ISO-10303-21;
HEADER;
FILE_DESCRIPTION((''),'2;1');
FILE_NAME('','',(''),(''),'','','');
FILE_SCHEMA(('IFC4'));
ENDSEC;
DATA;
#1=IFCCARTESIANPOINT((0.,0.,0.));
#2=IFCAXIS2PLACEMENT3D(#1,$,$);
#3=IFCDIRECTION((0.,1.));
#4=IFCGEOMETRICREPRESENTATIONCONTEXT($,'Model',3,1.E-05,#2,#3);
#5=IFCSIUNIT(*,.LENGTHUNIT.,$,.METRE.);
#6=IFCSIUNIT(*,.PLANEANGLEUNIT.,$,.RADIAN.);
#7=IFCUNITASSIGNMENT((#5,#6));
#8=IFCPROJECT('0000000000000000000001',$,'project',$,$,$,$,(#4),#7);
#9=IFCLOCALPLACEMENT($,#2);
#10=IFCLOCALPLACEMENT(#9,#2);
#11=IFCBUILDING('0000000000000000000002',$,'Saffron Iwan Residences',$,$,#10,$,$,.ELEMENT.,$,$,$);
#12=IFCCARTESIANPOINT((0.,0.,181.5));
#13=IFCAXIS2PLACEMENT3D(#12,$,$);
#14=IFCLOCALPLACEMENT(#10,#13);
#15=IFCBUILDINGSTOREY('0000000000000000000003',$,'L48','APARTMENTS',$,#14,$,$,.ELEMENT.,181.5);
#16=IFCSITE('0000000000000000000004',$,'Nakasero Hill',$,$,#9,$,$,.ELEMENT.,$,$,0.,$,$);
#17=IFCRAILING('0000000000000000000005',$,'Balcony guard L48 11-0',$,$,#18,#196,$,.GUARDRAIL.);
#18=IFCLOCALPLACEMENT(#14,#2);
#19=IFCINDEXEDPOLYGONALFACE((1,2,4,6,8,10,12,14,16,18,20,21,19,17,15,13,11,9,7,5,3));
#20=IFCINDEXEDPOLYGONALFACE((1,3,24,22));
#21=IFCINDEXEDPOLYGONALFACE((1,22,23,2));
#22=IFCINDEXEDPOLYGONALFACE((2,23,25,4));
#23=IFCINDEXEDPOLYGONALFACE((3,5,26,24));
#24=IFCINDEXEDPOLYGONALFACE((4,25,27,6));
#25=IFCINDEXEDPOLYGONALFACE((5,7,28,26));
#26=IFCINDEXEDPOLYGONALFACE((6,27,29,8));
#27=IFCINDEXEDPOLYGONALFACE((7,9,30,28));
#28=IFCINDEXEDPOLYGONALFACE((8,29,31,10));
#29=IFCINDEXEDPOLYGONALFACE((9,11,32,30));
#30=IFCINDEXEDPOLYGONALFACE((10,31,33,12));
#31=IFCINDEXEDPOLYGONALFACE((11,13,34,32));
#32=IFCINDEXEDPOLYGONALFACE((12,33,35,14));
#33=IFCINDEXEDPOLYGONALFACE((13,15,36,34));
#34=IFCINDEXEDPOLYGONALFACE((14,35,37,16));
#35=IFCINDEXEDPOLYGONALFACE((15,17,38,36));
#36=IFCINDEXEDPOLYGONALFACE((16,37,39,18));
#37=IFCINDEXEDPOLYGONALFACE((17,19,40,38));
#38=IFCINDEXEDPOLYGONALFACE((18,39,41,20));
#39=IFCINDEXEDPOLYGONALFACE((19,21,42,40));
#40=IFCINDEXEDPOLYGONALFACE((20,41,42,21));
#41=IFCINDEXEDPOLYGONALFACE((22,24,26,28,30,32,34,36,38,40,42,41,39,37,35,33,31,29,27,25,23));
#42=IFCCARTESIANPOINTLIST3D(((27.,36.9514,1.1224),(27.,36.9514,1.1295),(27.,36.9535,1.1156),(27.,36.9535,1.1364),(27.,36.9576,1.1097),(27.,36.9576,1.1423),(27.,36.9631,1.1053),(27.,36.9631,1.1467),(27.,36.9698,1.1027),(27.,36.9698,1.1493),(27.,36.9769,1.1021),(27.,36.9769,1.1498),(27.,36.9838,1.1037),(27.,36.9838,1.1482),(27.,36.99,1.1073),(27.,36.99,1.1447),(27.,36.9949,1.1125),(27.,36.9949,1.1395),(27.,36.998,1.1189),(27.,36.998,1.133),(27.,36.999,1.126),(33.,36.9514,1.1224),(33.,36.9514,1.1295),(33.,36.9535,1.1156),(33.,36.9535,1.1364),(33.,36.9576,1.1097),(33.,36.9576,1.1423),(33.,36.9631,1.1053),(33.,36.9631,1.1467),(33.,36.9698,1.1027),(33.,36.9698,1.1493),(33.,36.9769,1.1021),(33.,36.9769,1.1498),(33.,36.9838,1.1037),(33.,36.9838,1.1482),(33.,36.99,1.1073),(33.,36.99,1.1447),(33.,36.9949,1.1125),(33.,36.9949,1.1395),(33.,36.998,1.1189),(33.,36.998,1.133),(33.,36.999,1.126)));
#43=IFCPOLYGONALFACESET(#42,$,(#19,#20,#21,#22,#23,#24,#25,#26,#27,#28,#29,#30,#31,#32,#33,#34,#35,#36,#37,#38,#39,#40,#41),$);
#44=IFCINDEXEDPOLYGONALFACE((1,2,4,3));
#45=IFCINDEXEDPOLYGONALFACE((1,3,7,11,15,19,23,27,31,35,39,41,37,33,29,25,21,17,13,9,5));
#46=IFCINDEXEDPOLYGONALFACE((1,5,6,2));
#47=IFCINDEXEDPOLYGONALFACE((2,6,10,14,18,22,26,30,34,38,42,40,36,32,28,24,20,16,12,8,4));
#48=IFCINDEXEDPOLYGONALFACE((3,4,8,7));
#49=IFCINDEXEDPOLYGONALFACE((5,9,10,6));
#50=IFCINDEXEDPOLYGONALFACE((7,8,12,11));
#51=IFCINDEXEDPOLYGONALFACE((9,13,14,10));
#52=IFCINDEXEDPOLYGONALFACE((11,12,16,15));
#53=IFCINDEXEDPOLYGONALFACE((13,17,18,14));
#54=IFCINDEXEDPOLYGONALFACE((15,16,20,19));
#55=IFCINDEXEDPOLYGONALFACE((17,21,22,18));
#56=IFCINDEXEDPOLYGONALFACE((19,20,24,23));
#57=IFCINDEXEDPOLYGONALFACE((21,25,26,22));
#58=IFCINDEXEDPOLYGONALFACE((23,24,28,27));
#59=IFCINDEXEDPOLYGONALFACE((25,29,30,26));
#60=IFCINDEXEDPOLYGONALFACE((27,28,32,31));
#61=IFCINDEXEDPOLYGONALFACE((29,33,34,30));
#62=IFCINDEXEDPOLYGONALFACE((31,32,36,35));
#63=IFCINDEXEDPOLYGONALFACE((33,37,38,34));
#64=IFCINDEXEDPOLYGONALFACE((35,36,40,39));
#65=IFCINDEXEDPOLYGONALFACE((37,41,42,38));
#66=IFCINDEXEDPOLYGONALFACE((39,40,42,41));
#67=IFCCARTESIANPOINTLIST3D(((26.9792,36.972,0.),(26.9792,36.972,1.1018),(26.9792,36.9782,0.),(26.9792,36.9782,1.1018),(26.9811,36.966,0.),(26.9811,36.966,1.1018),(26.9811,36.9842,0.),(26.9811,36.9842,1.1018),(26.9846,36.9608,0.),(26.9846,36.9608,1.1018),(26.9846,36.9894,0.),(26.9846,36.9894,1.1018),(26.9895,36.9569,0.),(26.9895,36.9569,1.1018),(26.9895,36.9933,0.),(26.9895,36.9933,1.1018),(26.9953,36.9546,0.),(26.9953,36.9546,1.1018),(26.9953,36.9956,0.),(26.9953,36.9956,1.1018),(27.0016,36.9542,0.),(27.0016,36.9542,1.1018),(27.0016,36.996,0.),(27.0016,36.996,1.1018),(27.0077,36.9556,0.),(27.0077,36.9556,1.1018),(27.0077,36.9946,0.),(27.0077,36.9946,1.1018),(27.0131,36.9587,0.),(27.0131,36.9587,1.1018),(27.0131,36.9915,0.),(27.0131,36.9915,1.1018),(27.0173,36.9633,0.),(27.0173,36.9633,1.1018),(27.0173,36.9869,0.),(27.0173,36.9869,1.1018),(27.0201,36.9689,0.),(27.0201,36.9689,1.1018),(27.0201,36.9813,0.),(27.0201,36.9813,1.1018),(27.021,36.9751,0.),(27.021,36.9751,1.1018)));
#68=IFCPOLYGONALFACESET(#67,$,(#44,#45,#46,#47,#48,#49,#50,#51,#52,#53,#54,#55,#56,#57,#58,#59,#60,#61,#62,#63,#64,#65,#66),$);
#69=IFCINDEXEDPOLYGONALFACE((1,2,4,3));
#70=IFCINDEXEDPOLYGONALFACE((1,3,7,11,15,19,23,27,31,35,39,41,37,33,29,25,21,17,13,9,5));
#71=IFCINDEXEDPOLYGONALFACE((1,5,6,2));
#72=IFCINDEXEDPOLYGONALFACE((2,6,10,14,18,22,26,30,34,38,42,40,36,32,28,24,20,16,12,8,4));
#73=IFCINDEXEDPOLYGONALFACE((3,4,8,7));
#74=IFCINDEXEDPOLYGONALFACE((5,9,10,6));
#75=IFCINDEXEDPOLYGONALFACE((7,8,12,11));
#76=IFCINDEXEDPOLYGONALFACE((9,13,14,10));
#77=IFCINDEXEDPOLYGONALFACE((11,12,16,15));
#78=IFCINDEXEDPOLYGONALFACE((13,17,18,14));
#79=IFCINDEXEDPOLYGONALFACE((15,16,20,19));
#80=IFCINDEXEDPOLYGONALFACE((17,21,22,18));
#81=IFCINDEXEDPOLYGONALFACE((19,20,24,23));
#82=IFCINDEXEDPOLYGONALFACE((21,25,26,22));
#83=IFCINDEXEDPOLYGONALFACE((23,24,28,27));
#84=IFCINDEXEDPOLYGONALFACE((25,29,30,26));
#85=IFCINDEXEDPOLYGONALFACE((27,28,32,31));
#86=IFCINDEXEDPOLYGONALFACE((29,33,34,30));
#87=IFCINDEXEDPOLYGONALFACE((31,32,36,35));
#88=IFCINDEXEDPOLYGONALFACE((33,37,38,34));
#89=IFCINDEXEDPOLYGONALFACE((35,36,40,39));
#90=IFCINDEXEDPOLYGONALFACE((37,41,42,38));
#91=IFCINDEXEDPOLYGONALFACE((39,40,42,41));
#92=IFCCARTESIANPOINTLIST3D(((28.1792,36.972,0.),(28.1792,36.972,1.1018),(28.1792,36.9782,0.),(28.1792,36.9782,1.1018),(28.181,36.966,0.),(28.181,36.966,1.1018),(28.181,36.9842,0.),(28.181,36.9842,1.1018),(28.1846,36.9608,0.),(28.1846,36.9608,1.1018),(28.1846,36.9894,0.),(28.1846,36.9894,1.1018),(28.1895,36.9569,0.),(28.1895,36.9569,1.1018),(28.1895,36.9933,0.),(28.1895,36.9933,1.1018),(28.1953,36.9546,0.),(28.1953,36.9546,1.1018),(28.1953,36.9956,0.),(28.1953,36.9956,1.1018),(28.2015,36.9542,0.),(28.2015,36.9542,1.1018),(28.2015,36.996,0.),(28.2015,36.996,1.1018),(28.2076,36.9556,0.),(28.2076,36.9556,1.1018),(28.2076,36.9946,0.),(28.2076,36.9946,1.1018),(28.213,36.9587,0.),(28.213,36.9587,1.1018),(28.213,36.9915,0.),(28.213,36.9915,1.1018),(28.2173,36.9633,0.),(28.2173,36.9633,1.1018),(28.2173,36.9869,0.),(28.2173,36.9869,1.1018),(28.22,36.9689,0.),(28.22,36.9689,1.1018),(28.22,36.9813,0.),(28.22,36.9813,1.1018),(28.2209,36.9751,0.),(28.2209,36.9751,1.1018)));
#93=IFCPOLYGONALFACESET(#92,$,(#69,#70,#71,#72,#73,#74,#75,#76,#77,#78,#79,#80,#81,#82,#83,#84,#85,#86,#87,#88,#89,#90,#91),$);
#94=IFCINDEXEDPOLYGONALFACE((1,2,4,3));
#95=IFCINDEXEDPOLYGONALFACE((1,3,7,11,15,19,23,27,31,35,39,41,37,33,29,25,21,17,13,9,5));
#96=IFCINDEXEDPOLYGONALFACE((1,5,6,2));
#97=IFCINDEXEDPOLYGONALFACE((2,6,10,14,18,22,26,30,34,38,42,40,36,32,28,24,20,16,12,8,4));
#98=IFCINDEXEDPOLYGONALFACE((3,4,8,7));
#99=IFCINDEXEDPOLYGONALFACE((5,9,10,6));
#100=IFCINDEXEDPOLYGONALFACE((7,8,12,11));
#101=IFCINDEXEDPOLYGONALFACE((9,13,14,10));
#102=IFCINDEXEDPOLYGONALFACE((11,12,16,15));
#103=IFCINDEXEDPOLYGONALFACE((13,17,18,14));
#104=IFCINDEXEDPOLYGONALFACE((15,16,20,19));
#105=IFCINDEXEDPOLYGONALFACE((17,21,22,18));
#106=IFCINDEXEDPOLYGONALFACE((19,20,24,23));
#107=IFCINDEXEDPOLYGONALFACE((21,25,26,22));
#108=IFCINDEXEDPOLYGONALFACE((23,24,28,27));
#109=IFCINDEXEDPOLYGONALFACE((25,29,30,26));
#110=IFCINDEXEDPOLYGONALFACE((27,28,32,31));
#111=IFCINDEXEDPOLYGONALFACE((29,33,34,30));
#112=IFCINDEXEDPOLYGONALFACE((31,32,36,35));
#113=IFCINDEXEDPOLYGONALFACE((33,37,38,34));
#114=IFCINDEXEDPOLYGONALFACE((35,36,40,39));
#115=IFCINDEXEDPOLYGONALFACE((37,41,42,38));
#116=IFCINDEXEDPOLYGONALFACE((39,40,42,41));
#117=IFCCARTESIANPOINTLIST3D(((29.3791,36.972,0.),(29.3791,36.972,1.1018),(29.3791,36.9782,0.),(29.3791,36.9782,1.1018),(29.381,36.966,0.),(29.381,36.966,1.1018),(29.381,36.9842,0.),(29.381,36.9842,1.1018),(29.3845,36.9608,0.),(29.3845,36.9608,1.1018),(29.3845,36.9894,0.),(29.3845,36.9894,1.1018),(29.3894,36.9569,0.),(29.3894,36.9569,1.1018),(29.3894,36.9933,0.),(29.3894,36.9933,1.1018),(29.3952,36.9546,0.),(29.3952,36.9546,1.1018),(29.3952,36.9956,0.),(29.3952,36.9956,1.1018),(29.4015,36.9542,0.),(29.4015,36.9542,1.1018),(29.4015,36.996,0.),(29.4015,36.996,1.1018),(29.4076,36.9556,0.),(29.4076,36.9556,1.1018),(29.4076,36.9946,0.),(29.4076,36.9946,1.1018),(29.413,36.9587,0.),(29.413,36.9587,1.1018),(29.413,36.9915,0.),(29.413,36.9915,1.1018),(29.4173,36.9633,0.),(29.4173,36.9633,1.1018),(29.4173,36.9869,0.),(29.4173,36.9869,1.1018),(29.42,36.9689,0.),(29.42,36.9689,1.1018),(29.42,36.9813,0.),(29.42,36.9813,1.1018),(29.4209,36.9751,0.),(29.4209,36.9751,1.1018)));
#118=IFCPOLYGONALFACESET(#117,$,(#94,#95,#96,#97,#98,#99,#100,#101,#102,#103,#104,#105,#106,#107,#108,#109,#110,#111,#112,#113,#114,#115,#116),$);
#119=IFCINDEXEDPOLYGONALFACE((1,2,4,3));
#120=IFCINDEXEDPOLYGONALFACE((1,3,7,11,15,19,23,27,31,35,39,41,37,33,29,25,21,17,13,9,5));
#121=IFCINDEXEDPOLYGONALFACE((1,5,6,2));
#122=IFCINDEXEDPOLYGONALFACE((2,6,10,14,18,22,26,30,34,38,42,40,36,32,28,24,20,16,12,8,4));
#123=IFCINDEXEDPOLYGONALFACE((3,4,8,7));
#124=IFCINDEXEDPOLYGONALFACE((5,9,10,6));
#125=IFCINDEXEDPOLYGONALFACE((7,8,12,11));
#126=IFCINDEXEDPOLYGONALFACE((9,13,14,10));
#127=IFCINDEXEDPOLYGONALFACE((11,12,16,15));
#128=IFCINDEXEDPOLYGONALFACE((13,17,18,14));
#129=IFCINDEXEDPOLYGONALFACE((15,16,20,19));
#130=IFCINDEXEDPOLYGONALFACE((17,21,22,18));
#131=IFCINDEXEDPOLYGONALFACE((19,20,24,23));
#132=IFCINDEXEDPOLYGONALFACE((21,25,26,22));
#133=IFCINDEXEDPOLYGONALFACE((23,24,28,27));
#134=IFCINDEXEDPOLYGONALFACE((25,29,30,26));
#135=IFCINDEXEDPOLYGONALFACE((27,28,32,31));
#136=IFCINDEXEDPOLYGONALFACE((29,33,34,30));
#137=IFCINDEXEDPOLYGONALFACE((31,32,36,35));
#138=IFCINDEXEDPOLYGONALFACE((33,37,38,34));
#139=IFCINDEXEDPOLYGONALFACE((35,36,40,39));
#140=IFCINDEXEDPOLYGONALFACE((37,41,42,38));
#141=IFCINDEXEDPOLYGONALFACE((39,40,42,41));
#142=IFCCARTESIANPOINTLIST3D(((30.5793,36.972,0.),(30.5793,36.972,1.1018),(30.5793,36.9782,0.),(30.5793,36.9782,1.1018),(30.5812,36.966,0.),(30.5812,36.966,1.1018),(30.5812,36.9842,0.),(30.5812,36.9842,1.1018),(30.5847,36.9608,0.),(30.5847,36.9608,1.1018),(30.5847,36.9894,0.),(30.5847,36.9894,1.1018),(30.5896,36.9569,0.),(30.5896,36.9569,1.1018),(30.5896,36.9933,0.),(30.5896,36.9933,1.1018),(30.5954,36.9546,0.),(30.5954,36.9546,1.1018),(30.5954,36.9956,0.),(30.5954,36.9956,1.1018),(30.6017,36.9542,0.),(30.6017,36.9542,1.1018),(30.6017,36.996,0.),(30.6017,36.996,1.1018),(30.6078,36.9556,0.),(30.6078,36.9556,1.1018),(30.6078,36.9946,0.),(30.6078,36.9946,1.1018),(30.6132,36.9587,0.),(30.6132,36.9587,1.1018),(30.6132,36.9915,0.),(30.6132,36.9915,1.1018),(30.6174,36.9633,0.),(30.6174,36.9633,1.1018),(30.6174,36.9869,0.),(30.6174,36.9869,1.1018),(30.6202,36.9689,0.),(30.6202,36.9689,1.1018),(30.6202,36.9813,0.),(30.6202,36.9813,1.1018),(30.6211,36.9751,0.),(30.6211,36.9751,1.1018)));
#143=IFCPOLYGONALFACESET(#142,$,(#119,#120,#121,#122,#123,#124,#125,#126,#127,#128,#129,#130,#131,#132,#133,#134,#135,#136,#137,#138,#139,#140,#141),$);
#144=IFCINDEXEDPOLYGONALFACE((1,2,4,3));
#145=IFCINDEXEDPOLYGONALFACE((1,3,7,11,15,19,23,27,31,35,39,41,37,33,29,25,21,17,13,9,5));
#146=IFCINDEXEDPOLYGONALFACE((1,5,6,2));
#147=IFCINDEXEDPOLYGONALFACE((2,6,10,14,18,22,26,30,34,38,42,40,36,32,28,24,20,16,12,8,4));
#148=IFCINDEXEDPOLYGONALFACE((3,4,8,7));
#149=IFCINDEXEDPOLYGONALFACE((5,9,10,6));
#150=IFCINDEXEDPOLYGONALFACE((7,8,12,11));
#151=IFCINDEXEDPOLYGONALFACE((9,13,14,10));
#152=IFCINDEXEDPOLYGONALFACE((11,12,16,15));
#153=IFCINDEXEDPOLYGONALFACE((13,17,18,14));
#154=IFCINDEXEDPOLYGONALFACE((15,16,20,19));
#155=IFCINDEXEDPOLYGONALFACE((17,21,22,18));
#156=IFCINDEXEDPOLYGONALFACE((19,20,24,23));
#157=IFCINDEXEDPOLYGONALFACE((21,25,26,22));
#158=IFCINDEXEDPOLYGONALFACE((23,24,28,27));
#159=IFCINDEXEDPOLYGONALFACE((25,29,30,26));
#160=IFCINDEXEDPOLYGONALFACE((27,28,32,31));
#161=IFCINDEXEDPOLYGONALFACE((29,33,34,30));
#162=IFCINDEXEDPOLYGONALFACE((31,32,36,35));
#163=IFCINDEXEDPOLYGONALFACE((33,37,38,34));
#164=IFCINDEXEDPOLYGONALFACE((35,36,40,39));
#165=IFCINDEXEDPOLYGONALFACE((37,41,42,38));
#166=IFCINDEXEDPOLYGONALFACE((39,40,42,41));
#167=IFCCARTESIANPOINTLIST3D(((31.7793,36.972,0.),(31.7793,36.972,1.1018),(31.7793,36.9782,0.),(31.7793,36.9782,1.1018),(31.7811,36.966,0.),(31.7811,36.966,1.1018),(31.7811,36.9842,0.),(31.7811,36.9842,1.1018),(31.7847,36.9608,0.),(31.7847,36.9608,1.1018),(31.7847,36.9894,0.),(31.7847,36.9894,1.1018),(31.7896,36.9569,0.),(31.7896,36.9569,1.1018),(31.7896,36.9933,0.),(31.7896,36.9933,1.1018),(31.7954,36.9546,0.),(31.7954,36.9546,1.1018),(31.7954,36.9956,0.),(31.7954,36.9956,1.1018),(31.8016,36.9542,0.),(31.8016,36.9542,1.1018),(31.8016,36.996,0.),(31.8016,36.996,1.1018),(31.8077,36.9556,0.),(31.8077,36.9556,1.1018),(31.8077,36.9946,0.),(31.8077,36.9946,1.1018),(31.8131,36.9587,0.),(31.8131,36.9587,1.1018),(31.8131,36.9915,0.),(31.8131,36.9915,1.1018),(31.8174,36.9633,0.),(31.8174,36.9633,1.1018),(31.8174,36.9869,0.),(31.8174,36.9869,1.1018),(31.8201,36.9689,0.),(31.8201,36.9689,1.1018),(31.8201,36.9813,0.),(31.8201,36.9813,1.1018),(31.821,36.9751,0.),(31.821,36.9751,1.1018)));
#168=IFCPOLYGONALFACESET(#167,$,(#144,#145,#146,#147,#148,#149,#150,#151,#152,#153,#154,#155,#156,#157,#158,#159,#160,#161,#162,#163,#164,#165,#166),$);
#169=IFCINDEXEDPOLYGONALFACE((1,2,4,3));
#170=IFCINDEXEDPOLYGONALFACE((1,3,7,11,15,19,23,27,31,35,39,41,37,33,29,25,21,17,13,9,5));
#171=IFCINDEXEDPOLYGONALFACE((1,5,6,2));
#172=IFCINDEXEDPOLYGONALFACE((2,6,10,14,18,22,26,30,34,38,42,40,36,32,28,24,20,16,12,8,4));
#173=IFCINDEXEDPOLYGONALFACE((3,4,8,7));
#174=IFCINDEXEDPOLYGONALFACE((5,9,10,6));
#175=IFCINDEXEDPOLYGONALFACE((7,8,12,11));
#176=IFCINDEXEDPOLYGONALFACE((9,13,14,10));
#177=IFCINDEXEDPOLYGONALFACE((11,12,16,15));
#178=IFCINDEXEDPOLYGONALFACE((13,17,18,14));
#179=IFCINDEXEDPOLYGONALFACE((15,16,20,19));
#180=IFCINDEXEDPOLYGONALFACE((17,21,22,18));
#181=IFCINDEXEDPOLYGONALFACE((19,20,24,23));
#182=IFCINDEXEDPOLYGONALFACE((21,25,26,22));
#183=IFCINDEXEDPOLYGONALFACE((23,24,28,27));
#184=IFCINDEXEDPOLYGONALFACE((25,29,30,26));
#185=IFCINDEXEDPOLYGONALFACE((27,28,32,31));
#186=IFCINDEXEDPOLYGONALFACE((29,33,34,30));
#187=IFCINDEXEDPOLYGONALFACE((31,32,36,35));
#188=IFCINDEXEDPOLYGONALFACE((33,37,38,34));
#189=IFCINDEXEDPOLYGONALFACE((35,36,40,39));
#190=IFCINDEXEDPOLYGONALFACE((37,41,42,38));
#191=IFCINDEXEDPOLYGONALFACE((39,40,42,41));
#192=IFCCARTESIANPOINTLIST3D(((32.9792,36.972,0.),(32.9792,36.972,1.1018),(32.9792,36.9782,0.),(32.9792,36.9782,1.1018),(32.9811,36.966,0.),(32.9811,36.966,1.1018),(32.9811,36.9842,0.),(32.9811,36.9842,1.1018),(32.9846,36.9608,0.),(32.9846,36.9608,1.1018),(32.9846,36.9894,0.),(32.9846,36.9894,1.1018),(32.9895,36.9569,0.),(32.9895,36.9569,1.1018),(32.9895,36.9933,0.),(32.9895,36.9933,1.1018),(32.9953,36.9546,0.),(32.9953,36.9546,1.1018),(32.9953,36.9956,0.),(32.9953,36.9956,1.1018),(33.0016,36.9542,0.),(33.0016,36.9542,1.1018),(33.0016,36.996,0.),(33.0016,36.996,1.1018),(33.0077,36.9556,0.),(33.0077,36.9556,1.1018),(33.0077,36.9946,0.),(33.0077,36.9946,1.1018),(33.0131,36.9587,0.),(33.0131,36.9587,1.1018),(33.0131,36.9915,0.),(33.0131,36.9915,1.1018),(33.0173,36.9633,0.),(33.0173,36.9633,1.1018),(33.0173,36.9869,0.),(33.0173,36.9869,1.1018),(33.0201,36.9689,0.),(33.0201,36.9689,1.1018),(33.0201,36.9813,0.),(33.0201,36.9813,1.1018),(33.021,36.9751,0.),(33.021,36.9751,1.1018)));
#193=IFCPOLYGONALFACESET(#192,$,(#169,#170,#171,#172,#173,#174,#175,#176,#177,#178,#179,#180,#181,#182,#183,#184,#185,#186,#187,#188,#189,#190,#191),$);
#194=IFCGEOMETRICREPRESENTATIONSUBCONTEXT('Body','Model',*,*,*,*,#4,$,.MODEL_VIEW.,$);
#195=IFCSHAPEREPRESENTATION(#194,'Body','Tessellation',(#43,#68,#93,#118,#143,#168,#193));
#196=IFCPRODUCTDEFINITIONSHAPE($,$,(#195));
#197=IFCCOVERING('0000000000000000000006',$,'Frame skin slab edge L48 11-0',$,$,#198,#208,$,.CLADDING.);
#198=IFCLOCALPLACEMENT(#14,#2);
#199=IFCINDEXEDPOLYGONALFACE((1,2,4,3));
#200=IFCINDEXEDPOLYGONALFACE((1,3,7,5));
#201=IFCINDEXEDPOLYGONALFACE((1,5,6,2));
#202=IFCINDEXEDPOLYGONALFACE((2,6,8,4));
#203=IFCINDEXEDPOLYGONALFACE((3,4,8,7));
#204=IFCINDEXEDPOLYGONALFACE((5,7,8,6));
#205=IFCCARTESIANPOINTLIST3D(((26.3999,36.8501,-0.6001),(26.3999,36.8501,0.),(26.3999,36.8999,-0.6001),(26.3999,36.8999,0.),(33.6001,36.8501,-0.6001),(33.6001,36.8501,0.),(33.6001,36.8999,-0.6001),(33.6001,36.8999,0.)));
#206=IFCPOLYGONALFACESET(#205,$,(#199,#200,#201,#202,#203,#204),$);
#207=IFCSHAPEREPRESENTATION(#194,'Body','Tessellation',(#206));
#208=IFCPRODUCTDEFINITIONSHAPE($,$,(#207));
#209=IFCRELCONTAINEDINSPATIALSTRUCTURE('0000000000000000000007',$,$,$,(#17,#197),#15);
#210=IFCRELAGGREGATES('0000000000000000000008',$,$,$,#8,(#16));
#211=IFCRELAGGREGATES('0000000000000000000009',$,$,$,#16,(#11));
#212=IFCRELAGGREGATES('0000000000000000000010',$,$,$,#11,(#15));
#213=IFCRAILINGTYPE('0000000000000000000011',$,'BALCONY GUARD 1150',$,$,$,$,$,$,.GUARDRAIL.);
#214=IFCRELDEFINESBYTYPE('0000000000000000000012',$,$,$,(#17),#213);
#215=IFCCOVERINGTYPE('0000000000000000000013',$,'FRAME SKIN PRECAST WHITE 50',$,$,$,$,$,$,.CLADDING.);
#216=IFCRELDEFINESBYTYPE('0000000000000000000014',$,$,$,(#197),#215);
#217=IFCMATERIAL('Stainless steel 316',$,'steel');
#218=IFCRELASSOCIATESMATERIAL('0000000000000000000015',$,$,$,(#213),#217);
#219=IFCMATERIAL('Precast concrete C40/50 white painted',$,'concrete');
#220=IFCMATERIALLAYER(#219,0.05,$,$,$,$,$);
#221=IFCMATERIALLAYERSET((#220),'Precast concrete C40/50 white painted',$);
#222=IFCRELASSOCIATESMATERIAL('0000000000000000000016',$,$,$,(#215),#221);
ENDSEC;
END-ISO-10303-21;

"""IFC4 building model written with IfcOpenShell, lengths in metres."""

from ifc_helpers import new_model, si_unit, direction, frame, origin, origin_2d, place, context, subcontext, project, spatial, polyline, circle, outline, extrude, material, layer, layer_set, type_object, element, save


model = new_model("IFC4")

# Units and contexts
model_context = context("Model", 3, precision=1e-05, world=origin(), true_north=direction((0.0, 1.0)))
body_context = subcontext(model_context, "Body", "Model", "MODEL_VIEW")
ifc_project = project(units=[si_unit("LENGTHUNIT", "METRE"), si_unit("PLANEANGLEUNIT", "RADIAN")], contexts=[model_context])

# Site, building, storey
site_placement = place(None, origin())
site = spatial("IfcSite", under=ifc_project, at=site_placement, Name="Nakasero Hill", CompositionType="ELEMENT", RefElevation=0.0)
building_placement = place(site_placement, origin())
building = spatial("IfcBuilding", under=site, at=building_placement, Name="Saffron Iwan Residences", CompositionType="ELEMENT")
storey_placement = place(building_placement, frame((0.0, 0.0, 181.5)))
storey = spatial("IfcBuildingStorey", under=building, at=storey_placement, Name="L48", Description="APARTMENTS", CompositionType="ELEMENT", Elevation=181.5)

# Railing
ifc_material_1 = material(Name="Stainless steel 316", Category="steel")
railing_type = type_object("IfcRailingType", Name="BALCONY GUARD 1150", PredefinedType="GUARDRAIL", material=ifc_material_1)
railing_placement = place(storey_placement, frame((27.0, 36.9751, 0.0)))
element("IfcRailing", 1, at=railing_placement, inside=storey, type_object=railing_type, Name="Balcony guard L48 11-0", PredefinedType="GUARDRAIL", context=body_context, shape_type="SweptSolid", body=[
    extrude(circle(Radius=0.0239, at=origin_2d()), frame((0.0, 0.0, 1.126), z_axis=(1.0, 0.0, 0.0), x_axis=(0.0, 1.0, 0.0)), (0.0, 0.0, 1.0), 6.0),
    extrude(circle(Radius=0.021, at=origin_2d()), origin(), (0.0, 0.0, 1.0), 1.1018),
    extrude(circle(Radius=0.021, at=origin_2d()), frame((1.2, 0.0, 0.0)), (0.0, 0.0, 1.0), 1.1018),
    extrude(circle(Radius=0.021, at=origin_2d()), frame((2.3999, 0.0, 0.0)), (0.0, 0.0, 1.0), 1.1018),
    extrude(circle(Radius=0.021, at=origin_2d()), frame((3.6001, 0.0, 0.0)), (0.0, 0.0, 1.0), 1.1018),
    extrude(circle(Radius=0.021, at=origin_2d()), frame((4.8, 0.0, 0.0)), (0.0, 0.0, 1.0), 1.1018),
    extrude(circle(Radius=0.021, at=origin_2d()), frame((6.0, 0.0, 0.0)), (0.0, 0.0, 1.0), 1.1018),
])

# Covering
ifc_material_2 = material(Name="Precast concrete C40/50 white painted", Category="concrete")
ifc_layer_1 = layer(ifc_material_2, 0.05)
ifc_layer_set_1 = layer_set([ifc_layer_1], Name="Precast concrete C40/50 white painted")
covering_type_1 = type_object("IfcCoveringType", Name="FRAME SKIN PRECAST WHITE 50", PredefinedType="CLADDING", material=ifc_layer_set_1)
for number, where, name in (
    (2, (0.0, 0.0, -0.6001), "Frame skin slab edge L48 11-0"),
):
    element("IfcCovering", number, at=place(storey_placement, frame(where)), inside=storey, type_object=covering_type_1, Name=name, PredefinedType="CLADDING", context=body_context, shape_type="SweptSolid", body=[
        extrude(outline(polyline([(26.3999, 36.8501), (33.6001, 36.8501), (33.6001, 36.8999), (26.3999, 36.8999), (26.3999, 36.8501)])), origin(), (0.0, 0.0, 1.0), 0.6001),
    ])

save(model, "model.ifc")
